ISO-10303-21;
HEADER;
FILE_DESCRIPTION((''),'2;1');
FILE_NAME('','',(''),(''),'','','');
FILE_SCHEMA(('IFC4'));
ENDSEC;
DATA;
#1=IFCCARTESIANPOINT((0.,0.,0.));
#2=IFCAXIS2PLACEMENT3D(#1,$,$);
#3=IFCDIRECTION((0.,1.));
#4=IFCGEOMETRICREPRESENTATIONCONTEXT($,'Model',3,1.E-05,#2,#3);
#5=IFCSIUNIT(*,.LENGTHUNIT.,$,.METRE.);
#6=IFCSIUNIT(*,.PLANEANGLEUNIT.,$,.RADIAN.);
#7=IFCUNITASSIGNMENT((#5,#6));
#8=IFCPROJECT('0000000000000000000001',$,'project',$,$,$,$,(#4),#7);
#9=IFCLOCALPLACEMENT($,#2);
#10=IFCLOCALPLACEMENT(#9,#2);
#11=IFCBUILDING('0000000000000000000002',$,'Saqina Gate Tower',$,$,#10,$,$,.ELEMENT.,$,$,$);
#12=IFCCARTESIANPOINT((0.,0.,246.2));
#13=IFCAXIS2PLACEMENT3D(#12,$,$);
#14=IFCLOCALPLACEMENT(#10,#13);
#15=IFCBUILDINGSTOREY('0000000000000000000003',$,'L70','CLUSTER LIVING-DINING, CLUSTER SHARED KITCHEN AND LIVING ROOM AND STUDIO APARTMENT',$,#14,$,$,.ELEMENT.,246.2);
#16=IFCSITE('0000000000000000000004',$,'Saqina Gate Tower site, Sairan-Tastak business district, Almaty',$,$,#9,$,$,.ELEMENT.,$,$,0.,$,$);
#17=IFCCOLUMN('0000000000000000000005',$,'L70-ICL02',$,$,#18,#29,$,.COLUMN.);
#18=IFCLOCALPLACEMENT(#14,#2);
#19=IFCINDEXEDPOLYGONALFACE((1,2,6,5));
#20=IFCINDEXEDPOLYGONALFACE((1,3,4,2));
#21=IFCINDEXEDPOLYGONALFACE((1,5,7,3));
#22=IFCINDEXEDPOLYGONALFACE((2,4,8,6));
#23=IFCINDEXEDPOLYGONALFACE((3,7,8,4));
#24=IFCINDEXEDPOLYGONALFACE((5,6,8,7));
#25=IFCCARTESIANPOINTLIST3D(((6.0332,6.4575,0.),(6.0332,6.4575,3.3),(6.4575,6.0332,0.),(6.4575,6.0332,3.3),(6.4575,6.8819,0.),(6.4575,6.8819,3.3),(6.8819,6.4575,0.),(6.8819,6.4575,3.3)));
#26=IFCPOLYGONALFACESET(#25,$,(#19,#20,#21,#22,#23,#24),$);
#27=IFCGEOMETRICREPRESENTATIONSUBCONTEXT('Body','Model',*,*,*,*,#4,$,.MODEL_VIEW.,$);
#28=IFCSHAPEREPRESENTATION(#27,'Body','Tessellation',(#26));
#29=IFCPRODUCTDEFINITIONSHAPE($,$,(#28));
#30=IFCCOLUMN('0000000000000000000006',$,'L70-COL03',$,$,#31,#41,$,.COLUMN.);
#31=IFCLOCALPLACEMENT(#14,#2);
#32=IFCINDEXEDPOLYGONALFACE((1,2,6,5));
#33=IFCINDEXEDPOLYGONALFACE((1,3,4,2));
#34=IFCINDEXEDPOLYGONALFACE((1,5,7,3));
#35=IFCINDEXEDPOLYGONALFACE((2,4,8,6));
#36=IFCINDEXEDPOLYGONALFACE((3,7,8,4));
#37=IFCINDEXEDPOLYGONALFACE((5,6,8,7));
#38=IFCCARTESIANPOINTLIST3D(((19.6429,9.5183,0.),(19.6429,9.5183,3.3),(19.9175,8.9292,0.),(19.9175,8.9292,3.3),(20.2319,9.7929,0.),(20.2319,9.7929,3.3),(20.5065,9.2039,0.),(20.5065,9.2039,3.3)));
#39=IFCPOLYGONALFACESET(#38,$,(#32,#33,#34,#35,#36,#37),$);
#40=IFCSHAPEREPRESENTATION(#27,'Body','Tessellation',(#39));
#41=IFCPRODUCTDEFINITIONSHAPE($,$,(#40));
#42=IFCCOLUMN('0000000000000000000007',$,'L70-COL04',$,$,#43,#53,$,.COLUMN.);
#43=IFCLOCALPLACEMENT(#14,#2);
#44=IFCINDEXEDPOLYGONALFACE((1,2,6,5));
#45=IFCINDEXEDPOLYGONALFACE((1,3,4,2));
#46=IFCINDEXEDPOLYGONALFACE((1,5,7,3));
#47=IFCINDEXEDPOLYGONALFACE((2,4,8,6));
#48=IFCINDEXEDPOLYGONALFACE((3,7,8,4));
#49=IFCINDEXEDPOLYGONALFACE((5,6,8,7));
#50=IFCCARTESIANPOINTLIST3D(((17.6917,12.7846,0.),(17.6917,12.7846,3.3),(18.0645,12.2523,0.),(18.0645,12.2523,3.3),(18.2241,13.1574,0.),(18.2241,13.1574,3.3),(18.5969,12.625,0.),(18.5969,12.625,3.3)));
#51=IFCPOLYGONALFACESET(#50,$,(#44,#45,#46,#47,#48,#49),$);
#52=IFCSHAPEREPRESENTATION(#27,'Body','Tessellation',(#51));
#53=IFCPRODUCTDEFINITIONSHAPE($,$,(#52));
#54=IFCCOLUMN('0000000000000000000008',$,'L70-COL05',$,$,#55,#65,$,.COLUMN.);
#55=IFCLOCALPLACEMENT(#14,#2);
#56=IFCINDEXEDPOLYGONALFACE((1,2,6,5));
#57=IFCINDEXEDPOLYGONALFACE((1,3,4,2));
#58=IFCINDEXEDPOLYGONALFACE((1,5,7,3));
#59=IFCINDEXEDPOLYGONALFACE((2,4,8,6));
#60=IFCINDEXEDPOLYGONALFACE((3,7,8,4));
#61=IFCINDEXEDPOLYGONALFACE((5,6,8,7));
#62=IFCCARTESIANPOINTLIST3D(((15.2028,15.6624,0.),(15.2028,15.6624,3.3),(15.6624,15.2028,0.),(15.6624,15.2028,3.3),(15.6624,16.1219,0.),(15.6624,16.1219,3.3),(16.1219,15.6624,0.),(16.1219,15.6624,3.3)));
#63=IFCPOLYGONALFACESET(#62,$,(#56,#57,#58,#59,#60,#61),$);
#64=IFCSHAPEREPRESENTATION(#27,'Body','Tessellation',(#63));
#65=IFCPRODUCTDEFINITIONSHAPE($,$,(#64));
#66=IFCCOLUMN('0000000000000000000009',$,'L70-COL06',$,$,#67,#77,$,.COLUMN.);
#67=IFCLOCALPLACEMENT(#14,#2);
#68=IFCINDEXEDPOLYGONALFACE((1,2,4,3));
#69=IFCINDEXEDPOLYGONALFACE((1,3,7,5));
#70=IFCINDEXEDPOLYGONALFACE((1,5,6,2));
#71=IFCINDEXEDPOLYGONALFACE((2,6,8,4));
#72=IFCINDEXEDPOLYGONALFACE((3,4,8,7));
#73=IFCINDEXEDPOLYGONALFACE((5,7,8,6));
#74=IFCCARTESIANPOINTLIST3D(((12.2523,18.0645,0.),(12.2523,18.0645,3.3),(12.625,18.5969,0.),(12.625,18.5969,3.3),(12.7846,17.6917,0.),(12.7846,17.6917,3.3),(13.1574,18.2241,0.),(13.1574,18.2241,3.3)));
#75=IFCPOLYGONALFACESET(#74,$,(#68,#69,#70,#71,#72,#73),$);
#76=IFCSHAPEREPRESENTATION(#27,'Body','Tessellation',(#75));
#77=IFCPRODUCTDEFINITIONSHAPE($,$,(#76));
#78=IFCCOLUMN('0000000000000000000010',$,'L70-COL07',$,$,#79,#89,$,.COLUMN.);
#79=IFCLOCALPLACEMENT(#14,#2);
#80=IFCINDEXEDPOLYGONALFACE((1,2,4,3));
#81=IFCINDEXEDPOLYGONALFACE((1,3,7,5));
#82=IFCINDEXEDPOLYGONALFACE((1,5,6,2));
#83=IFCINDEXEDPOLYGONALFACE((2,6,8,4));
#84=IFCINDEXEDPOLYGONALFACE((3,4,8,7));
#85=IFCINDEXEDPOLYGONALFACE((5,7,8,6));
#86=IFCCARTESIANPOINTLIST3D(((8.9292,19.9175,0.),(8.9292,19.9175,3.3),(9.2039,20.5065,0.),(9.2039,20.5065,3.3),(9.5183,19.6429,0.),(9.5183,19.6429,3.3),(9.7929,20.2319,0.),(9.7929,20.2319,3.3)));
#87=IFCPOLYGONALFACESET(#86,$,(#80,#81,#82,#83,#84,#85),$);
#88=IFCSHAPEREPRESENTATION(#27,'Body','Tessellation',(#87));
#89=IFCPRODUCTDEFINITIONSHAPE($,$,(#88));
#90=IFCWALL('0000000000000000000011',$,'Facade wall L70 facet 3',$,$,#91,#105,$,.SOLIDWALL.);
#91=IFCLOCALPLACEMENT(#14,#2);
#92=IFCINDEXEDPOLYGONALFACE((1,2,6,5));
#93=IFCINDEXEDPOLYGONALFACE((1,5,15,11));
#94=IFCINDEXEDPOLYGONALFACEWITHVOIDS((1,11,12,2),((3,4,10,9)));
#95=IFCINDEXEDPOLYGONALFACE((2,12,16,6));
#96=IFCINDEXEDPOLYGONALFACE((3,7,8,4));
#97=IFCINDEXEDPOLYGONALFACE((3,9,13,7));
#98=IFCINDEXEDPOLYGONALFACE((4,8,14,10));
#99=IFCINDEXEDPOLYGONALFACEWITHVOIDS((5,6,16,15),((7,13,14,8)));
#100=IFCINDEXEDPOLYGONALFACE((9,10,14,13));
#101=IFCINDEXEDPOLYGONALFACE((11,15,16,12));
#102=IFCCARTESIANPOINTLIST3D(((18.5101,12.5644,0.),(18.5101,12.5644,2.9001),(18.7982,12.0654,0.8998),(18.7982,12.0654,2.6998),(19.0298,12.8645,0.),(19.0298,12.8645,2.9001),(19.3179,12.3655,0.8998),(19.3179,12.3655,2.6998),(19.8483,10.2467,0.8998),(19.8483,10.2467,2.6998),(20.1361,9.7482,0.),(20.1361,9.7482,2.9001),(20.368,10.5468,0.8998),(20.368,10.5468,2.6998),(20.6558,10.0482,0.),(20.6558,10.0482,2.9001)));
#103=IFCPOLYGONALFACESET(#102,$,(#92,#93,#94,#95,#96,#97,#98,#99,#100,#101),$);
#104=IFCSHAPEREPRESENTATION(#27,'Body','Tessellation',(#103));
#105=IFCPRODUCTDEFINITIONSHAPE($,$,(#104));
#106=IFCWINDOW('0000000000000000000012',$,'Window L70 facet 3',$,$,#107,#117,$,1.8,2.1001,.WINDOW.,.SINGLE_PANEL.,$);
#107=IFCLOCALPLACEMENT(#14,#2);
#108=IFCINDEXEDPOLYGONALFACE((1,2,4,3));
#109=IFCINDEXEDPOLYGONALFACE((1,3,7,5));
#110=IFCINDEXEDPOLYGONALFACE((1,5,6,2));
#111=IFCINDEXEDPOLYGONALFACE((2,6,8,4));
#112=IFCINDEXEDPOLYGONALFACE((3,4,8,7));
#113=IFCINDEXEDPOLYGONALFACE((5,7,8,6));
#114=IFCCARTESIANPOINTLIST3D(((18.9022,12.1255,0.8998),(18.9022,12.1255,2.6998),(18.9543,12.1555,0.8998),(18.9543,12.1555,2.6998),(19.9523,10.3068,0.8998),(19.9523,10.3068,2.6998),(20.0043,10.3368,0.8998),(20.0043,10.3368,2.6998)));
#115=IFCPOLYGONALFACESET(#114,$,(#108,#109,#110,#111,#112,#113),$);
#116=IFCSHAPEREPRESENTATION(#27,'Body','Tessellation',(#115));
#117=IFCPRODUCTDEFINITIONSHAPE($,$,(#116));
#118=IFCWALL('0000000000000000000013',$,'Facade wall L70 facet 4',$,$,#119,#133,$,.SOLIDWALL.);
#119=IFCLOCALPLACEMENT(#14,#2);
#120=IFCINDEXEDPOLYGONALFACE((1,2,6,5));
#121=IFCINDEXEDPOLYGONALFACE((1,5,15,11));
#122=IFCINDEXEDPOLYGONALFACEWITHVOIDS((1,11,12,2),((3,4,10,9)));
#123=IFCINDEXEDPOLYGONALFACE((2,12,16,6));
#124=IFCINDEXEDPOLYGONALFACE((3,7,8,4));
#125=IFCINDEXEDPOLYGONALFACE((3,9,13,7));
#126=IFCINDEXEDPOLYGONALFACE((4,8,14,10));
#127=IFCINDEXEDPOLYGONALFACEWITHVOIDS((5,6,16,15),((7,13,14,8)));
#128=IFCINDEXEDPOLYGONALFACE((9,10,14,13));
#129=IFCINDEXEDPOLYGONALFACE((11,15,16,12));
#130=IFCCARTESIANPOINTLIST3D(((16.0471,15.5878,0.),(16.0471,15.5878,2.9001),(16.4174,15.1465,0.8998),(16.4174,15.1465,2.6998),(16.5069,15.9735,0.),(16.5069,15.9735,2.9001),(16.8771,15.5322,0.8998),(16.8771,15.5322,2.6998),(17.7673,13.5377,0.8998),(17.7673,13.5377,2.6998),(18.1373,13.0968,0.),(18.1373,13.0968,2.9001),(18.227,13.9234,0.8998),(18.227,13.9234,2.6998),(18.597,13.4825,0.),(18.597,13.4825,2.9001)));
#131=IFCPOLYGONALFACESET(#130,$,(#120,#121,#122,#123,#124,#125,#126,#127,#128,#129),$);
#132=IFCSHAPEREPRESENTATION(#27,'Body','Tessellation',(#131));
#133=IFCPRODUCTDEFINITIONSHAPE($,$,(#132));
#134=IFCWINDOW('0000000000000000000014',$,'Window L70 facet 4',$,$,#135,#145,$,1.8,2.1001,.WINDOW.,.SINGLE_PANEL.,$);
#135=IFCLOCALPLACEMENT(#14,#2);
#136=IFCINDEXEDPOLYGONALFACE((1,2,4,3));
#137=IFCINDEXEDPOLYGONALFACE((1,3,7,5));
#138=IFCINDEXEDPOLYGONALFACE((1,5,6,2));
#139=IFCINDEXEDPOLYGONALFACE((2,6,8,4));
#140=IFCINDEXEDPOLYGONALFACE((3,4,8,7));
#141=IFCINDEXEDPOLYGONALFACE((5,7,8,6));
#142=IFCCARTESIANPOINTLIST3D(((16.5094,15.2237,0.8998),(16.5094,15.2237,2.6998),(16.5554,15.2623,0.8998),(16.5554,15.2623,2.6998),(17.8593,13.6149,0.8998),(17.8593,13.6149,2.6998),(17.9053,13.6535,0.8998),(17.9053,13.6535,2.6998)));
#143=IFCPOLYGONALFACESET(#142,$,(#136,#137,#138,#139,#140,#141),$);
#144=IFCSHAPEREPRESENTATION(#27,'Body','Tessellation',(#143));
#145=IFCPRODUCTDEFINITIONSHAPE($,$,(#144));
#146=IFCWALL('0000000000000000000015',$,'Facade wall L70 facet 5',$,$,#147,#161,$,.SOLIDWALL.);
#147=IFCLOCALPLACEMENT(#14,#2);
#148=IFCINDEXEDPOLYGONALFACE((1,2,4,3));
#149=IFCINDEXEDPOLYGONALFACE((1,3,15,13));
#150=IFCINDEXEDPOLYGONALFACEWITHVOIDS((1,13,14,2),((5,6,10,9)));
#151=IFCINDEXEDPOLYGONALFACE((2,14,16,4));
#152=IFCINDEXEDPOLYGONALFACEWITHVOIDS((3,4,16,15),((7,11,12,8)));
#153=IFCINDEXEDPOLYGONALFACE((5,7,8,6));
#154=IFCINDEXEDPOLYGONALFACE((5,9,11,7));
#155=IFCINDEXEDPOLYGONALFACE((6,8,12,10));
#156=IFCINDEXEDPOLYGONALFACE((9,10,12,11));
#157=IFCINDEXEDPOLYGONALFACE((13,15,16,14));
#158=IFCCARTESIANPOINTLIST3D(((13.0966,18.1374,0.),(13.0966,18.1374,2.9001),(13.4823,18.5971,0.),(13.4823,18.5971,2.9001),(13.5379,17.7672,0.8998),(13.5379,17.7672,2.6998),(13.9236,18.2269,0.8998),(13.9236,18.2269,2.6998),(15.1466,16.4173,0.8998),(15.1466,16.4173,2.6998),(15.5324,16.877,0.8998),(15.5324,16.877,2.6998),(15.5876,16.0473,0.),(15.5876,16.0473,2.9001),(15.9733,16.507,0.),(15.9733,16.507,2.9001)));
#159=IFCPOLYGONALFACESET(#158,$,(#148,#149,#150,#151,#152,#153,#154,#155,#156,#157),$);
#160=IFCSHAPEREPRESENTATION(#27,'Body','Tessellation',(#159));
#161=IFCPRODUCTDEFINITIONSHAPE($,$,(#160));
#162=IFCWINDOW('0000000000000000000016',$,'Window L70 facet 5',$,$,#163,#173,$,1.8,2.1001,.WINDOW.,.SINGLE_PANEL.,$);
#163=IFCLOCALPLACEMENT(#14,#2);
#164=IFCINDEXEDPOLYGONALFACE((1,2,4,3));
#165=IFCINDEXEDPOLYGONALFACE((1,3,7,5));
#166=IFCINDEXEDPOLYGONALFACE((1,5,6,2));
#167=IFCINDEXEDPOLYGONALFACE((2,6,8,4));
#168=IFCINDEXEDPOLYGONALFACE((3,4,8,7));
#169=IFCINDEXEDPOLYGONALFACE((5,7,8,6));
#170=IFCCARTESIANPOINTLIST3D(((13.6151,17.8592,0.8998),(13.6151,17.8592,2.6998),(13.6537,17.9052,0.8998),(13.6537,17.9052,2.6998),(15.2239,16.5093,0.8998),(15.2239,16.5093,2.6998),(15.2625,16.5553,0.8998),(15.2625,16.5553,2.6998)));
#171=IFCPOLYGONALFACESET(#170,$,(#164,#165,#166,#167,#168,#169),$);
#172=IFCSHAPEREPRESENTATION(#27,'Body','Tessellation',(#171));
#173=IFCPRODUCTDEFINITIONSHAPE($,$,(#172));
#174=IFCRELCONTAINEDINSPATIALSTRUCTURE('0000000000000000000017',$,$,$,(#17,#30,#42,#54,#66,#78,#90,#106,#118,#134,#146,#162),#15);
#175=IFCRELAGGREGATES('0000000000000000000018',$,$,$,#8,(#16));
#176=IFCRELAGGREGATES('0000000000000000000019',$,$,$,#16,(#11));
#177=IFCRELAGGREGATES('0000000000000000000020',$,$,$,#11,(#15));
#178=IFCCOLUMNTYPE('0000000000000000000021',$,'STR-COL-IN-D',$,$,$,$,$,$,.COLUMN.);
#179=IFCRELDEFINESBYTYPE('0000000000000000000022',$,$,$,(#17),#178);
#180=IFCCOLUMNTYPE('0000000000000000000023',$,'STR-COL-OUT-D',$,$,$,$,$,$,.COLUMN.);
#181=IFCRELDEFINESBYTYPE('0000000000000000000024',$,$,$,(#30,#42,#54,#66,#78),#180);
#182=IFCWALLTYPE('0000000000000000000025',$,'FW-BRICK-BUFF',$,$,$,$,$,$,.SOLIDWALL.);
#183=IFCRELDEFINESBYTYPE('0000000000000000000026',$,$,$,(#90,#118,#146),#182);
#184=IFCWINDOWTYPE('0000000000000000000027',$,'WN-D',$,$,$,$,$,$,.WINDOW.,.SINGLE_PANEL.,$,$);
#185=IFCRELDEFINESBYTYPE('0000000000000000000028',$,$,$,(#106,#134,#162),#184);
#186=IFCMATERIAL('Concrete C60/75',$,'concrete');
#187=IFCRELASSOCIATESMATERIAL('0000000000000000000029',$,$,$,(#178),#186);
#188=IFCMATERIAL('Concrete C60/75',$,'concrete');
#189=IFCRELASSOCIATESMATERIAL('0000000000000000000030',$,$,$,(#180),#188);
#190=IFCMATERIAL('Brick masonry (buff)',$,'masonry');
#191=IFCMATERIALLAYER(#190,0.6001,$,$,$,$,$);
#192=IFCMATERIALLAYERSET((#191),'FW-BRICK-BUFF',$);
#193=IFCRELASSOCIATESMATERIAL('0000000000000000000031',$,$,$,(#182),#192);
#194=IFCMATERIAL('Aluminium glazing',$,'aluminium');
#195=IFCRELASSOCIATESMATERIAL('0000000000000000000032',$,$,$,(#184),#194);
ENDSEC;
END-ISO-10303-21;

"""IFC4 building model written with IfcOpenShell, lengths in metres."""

from ifc_helpers import new_model, si_unit, direction, frame, frame_2d, origin, origin_2d, place, context, subcontext, project, spatial, rectangle, extrude, material, layer, layer_set, material_profile, profile_set, type_object, element, fill, save


model = new_model("IFC4")

# Units and contexts
model_context = context("Model", 3, precision=1e-05, world=origin(), true_north=direction((0.0, 1.0)))
body_context = subcontext(model_context, "Body", "Model", "MODEL_VIEW")
ifc_project = project(units=[si_unit("LENGTHUNIT", "METRE"), si_unit("PLANEANGLEUNIT", "RADIAN")], contexts=[model_context])

# Site, building, storey
site_placement = place(None, origin())
site = spatial("IfcSite", under=ifc_project, at=site_placement, Name="Saqina Gate Tower site, Sairan-Tastak business district, Almaty", CompositionType="ELEMENT", RefElevation=0.0)
building_placement = place(site_placement, origin())
building = spatial("IfcBuilding", under=site, at=building_placement, Name="Saqina Gate Tower", CompositionType="ELEMENT")
storey_placement = place(building_placement, frame((0.0, 0.0, 246.2)))
storey = spatial("IfcBuildingStorey", under=building, at=storey_placement, Name="L70", Description="CLUSTER LIVING-DINING, CLUSTER SHARED KITCHEN AND LIVING ROOM AND STUDIO APARTMENT", CompositionType="ELEMENT", Elevation=246.2)

# Columns
ifc_material_1 = material(Name="Concrete C60/75", Category="concrete")
ifc_material_profile_1 = material_profile(ifc_material_1, rectangle(XDim=0.6001, YDim=0.6001, at=origin_2d()), Name="RC 600x600")
ifc_profile_set_1 = profile_set([ifc_material_profile_1], Name="Concrete C60/75")
column_type_1 = type_object("IfcColumnType", Name="STR-COL-IN-D", PredefinedType="COLUMN", material=ifc_profile_set_1)
column_placement = place(storey_placement, frame((6.4575, 6.4575, 0.0), z_axis=(0.0, 0.0, 1.0), x_axis=(0.707107, 0.707107, 0.0)))
element("IfcColumn", 1, at=column_placement, inside=storey, type_object=column_type_1, Name="L70-ICL02", PredefinedType="COLUMN", context=body_context, shape_type="SweptSolid", body=[
    extrude(rectangle(XDim=0.6001, YDim=0.6001, at=origin_2d()), origin(), (0.0, 0.0, 1.0), 3.3),
])
ifc_material_2 = material(Name="Concrete C60/75", Category="concrete")
ifc_material_profile_2 = material_profile(ifc_material_2, rectangle(XDim=0.6499, YDim=0.6499, at=origin_2d()), Name="RC 650x650")
ifc_profile_set_2 = profile_set([ifc_material_profile_2], Name="Concrete C60/75")
column_type_2 = type_object("IfcColumnType", Name="STR-COL-OUT-D", PredefinedType="COLUMN", material=ifc_profile_set_2)
for number, where, z_axis, x_axis, name in (
    (2, (20.0747, 9.3611, 0.0), (0.0, 0.0, 1.0), (0.906308, 0.422618, 0.0), "L70-COL03"),
    (3, (18.1443, 12.7048, 0.0), (0.0, 0.0, 1.0), (0.819152, 0.573576, 0.0), "L70-COL04"),
    (4, (15.6624, 15.6624, 0.0), (0.0, 0.0, 1.0), (0.707107, 0.707107, 0.0), "L70-COL05"),
    (5, (12.7048, 18.1443, 0.0), (0.0, 0.0, 1.0), (0.573576, 0.819152, 0.0), "L70-COL06"),
    (6, (9.3611, 20.0747, 0.0), (0.0, 0.0, 1.0), (0.422618, 0.906308, 0.0), "L70-COL07"),
):
    element("IfcColumn", number, at=place(storey_placement, frame(where, z_axis=z_axis, x_axis=x_axis)), inside=storey, type_object=column_type_2, Name=name, PredefinedType="COLUMN", context=body_context, shape_type="SweptSolid", body=[
        extrude(rectangle(XDim=0.6499, YDim=0.6499, at=origin_2d()), origin(), (0.0, 0.0, 1.0), 3.3),
    ])

# Walls, openings, windows
ifc_material_3 = material(Name="Brick masonry (buff)", Category="masonry")
ifc_layer_1 = layer(ifc_material_3, 0.6001)
ifc_layer_set_1 = layer_set([ifc_layer_1], Name="FW-BRICK-BUFF")
wall_type_1 = type_object("IfcWallType", Name="FW-BRICK-BUFF", PredefinedType="SOLIDWALL", material=ifc_layer_set_1)
wall_1_placement = place(storey_placement, frame((20.396, 9.8982, 0.0), z_axis=(0.0, 0.0, 1.0), x_axis=(-0.500015, 0.866017, 0.0)))
wall_1 = element("IfcWall", 7, at=wall_1_placement, inside=storey, type_object=wall_type_1, Name="Facade wall L70 facet 3", PredefinedType="SOLIDWALL", context=body_context, shape_type="SweptSolid", body=[
    extrude(rectangle(XDim=3.252, YDim=0.6001, at=frame_2d((1.626, 0.0))), origin(), (0.0, 0.0, 1.0), 2.9001),
])
opening_1_placement = place(wall_1_placement, frame((0.5757, 0.0, 0.8999)))
opening_1 = element("IfcOpeningElement", 8, at=opening_1_placement, cuts=wall_1, PredefinedType="OPENING", context=body_context, shape_type="SweptSolid", body=[
    extrude(rectangle(XDim=2.1001, YDim=1.8, at=frame_2d((1.05, 0.8999))), frame((0.0, 0.312, 0.0), z_axis=(0.0, -1.0, 0.0), x_axis=(1.0, 0.0, 0.0)), (0.0, 0.0, 1.0), 0.624),
])
ifc_material_4 = material(Name="Aluminium glazing", Category="aluminium")
window_type = type_object("IfcWindowType", Name="WN-D", PartitioningType="SINGLE_PANEL", PredefinedType="WINDOW", material=ifc_material_4)
window_1_placement = place(opening_1_placement, origin())
window_1 = element("IfcWindow", 9, at=window_1_placement, inside=storey, type_object=window_type, Name="Window L70 facet 3", OverallHeight=1.8, OverallWidth=2.1001, PartitioningType="SINGLE_PANEL", PredefinedType="WINDOW", context=body_context, shape_type="SweptSolid", body=[
    extrude(rectangle(XDim=2.1001, YDim=1.8, at=frame_2d((1.05, 0.8999))), frame((0.0, 0.1799, 0.0), z_axis=(0.0, -1.0, 0.0), x_axis=(1.0, 0.0, 0.0)), (0.0, 0.0, 1.0), 0.0601),
])
fill(opening_1, window_1)
wall_2_placement = place(storey_placement, frame((18.3672, 13.2896, 0.0), z_axis=(0.0, 0.0, 1.0), x_axis=(-0.642773, 0.766057, 0.0)))
wall_2 = element("IfcWall", 10, at=wall_2_placement, inside=storey, type_object=wall_type_1, Name="Facade wall L70 facet 4", PredefinedType="SOLIDWALL", context=body_context, shape_type="SweptSolid", body=[
    extrude(rectangle(XDim=3.2517, YDim=0.6001, at=frame_2d((1.626, 0.0))), origin(), (0.0, 0.0, 1.0), 2.9001),
])
opening_2_placement = place(wall_2_placement, frame((0.5757, 0.0, 0.8999)))
opening_2 = element("IfcOpeningElement", 11, at=opening_2_placement, cuts=wall_2, PredefinedType="OPENING", context=body_context, shape_type="SweptSolid", body=[
    extrude(rectangle(XDim=2.1001, YDim=1.8, at=frame_2d((1.05, 0.8999))), frame((0.0, 0.312, 0.0), z_axis=(0.0, -1.0, 0.0), x_axis=(1.0, 0.0, 0.0)), (0.0, 0.0, 1.0), 0.624),
])
window_2_placement = place(opening_2_placement, origin())
window_2 = element("IfcWindow", 12, at=window_2_placement, inside=storey, type_object=window_type, Name="Window L70 facet 4", OverallHeight=1.8, OverallWidth=2.1001, PartitioningType="SINGLE_PANEL", PredefinedType="WINDOW", context=body_context, shape_type="SweptSolid", body=[
    extrude(rectangle(XDim=2.1001, YDim=1.8, at=frame_2d((1.05, 0.8999))), frame((0.0, 0.1799, 0.0), z_axis=(0.0, -1.0, 0.0), x_axis=(1.0, 0.0, 0.0)), (0.0, 0.0, 1.0), 0.0601),
])
fill(opening_2, window_2)
wall_3_placement = place(storey_placement, frame((15.7805, 16.2771, 0.0), z_axis=(0.0, 0.0, 1.0), x_axis=(-0.766057, 0.642773, 0.0)))
wall_3 = element("IfcWall", 13, at=wall_3_placement, inside=storey, type_object=wall_type_1, Name="Facade wall L70 facet 5", PredefinedType="SOLIDWALL", context=body_context, shape_type="SweptSolid", body=[
    extrude(rectangle(XDim=3.2517, YDim=0.6001, at=frame_2d((1.626, 0.0))), origin(), (0.0, 0.0, 1.0), 2.9001),
])
opening_3_placement = place(wall_3_placement, frame((0.5757, 0.0, 0.8999)))
opening_3 = element("IfcOpeningElement", 14, at=opening_3_placement, cuts=wall_3, PredefinedType="OPENING", context=body_context, shape_type="SweptSolid", body=[
    extrude(rectangle(XDim=2.1001, YDim=1.8, at=frame_2d((1.05, 0.8999))), frame((0.0, 0.312, 0.0), z_axis=(0.0, -1.0, 0.0), x_axis=(1.0, 0.0, 0.0)), (0.0, 0.0, 1.0), 0.624),
])
window_3_placement = place(opening_3_placement, origin())
window_3 = element("IfcWindow", 15, at=window_3_placement, inside=storey, type_object=window_type, Name="Window L70 facet 5", OverallHeight=1.8, OverallWidth=2.1001, PartitioningType="SINGLE_PANEL", PredefinedType="WINDOW", context=body_context, shape_type="SweptSolid", body=[
    extrude(rectangle(XDim=2.1001, YDim=1.8, at=frame_2d((1.05, 0.8999))), frame((0.0, 0.1799, 0.0), z_axis=(0.0, -1.0, 0.0), x_axis=(1.0, 0.0, 0.0)), (0.0, 0.0, 1.0), 0.0601),
])
fill(opening_3, window_3)

save(model, "model.ifc")
